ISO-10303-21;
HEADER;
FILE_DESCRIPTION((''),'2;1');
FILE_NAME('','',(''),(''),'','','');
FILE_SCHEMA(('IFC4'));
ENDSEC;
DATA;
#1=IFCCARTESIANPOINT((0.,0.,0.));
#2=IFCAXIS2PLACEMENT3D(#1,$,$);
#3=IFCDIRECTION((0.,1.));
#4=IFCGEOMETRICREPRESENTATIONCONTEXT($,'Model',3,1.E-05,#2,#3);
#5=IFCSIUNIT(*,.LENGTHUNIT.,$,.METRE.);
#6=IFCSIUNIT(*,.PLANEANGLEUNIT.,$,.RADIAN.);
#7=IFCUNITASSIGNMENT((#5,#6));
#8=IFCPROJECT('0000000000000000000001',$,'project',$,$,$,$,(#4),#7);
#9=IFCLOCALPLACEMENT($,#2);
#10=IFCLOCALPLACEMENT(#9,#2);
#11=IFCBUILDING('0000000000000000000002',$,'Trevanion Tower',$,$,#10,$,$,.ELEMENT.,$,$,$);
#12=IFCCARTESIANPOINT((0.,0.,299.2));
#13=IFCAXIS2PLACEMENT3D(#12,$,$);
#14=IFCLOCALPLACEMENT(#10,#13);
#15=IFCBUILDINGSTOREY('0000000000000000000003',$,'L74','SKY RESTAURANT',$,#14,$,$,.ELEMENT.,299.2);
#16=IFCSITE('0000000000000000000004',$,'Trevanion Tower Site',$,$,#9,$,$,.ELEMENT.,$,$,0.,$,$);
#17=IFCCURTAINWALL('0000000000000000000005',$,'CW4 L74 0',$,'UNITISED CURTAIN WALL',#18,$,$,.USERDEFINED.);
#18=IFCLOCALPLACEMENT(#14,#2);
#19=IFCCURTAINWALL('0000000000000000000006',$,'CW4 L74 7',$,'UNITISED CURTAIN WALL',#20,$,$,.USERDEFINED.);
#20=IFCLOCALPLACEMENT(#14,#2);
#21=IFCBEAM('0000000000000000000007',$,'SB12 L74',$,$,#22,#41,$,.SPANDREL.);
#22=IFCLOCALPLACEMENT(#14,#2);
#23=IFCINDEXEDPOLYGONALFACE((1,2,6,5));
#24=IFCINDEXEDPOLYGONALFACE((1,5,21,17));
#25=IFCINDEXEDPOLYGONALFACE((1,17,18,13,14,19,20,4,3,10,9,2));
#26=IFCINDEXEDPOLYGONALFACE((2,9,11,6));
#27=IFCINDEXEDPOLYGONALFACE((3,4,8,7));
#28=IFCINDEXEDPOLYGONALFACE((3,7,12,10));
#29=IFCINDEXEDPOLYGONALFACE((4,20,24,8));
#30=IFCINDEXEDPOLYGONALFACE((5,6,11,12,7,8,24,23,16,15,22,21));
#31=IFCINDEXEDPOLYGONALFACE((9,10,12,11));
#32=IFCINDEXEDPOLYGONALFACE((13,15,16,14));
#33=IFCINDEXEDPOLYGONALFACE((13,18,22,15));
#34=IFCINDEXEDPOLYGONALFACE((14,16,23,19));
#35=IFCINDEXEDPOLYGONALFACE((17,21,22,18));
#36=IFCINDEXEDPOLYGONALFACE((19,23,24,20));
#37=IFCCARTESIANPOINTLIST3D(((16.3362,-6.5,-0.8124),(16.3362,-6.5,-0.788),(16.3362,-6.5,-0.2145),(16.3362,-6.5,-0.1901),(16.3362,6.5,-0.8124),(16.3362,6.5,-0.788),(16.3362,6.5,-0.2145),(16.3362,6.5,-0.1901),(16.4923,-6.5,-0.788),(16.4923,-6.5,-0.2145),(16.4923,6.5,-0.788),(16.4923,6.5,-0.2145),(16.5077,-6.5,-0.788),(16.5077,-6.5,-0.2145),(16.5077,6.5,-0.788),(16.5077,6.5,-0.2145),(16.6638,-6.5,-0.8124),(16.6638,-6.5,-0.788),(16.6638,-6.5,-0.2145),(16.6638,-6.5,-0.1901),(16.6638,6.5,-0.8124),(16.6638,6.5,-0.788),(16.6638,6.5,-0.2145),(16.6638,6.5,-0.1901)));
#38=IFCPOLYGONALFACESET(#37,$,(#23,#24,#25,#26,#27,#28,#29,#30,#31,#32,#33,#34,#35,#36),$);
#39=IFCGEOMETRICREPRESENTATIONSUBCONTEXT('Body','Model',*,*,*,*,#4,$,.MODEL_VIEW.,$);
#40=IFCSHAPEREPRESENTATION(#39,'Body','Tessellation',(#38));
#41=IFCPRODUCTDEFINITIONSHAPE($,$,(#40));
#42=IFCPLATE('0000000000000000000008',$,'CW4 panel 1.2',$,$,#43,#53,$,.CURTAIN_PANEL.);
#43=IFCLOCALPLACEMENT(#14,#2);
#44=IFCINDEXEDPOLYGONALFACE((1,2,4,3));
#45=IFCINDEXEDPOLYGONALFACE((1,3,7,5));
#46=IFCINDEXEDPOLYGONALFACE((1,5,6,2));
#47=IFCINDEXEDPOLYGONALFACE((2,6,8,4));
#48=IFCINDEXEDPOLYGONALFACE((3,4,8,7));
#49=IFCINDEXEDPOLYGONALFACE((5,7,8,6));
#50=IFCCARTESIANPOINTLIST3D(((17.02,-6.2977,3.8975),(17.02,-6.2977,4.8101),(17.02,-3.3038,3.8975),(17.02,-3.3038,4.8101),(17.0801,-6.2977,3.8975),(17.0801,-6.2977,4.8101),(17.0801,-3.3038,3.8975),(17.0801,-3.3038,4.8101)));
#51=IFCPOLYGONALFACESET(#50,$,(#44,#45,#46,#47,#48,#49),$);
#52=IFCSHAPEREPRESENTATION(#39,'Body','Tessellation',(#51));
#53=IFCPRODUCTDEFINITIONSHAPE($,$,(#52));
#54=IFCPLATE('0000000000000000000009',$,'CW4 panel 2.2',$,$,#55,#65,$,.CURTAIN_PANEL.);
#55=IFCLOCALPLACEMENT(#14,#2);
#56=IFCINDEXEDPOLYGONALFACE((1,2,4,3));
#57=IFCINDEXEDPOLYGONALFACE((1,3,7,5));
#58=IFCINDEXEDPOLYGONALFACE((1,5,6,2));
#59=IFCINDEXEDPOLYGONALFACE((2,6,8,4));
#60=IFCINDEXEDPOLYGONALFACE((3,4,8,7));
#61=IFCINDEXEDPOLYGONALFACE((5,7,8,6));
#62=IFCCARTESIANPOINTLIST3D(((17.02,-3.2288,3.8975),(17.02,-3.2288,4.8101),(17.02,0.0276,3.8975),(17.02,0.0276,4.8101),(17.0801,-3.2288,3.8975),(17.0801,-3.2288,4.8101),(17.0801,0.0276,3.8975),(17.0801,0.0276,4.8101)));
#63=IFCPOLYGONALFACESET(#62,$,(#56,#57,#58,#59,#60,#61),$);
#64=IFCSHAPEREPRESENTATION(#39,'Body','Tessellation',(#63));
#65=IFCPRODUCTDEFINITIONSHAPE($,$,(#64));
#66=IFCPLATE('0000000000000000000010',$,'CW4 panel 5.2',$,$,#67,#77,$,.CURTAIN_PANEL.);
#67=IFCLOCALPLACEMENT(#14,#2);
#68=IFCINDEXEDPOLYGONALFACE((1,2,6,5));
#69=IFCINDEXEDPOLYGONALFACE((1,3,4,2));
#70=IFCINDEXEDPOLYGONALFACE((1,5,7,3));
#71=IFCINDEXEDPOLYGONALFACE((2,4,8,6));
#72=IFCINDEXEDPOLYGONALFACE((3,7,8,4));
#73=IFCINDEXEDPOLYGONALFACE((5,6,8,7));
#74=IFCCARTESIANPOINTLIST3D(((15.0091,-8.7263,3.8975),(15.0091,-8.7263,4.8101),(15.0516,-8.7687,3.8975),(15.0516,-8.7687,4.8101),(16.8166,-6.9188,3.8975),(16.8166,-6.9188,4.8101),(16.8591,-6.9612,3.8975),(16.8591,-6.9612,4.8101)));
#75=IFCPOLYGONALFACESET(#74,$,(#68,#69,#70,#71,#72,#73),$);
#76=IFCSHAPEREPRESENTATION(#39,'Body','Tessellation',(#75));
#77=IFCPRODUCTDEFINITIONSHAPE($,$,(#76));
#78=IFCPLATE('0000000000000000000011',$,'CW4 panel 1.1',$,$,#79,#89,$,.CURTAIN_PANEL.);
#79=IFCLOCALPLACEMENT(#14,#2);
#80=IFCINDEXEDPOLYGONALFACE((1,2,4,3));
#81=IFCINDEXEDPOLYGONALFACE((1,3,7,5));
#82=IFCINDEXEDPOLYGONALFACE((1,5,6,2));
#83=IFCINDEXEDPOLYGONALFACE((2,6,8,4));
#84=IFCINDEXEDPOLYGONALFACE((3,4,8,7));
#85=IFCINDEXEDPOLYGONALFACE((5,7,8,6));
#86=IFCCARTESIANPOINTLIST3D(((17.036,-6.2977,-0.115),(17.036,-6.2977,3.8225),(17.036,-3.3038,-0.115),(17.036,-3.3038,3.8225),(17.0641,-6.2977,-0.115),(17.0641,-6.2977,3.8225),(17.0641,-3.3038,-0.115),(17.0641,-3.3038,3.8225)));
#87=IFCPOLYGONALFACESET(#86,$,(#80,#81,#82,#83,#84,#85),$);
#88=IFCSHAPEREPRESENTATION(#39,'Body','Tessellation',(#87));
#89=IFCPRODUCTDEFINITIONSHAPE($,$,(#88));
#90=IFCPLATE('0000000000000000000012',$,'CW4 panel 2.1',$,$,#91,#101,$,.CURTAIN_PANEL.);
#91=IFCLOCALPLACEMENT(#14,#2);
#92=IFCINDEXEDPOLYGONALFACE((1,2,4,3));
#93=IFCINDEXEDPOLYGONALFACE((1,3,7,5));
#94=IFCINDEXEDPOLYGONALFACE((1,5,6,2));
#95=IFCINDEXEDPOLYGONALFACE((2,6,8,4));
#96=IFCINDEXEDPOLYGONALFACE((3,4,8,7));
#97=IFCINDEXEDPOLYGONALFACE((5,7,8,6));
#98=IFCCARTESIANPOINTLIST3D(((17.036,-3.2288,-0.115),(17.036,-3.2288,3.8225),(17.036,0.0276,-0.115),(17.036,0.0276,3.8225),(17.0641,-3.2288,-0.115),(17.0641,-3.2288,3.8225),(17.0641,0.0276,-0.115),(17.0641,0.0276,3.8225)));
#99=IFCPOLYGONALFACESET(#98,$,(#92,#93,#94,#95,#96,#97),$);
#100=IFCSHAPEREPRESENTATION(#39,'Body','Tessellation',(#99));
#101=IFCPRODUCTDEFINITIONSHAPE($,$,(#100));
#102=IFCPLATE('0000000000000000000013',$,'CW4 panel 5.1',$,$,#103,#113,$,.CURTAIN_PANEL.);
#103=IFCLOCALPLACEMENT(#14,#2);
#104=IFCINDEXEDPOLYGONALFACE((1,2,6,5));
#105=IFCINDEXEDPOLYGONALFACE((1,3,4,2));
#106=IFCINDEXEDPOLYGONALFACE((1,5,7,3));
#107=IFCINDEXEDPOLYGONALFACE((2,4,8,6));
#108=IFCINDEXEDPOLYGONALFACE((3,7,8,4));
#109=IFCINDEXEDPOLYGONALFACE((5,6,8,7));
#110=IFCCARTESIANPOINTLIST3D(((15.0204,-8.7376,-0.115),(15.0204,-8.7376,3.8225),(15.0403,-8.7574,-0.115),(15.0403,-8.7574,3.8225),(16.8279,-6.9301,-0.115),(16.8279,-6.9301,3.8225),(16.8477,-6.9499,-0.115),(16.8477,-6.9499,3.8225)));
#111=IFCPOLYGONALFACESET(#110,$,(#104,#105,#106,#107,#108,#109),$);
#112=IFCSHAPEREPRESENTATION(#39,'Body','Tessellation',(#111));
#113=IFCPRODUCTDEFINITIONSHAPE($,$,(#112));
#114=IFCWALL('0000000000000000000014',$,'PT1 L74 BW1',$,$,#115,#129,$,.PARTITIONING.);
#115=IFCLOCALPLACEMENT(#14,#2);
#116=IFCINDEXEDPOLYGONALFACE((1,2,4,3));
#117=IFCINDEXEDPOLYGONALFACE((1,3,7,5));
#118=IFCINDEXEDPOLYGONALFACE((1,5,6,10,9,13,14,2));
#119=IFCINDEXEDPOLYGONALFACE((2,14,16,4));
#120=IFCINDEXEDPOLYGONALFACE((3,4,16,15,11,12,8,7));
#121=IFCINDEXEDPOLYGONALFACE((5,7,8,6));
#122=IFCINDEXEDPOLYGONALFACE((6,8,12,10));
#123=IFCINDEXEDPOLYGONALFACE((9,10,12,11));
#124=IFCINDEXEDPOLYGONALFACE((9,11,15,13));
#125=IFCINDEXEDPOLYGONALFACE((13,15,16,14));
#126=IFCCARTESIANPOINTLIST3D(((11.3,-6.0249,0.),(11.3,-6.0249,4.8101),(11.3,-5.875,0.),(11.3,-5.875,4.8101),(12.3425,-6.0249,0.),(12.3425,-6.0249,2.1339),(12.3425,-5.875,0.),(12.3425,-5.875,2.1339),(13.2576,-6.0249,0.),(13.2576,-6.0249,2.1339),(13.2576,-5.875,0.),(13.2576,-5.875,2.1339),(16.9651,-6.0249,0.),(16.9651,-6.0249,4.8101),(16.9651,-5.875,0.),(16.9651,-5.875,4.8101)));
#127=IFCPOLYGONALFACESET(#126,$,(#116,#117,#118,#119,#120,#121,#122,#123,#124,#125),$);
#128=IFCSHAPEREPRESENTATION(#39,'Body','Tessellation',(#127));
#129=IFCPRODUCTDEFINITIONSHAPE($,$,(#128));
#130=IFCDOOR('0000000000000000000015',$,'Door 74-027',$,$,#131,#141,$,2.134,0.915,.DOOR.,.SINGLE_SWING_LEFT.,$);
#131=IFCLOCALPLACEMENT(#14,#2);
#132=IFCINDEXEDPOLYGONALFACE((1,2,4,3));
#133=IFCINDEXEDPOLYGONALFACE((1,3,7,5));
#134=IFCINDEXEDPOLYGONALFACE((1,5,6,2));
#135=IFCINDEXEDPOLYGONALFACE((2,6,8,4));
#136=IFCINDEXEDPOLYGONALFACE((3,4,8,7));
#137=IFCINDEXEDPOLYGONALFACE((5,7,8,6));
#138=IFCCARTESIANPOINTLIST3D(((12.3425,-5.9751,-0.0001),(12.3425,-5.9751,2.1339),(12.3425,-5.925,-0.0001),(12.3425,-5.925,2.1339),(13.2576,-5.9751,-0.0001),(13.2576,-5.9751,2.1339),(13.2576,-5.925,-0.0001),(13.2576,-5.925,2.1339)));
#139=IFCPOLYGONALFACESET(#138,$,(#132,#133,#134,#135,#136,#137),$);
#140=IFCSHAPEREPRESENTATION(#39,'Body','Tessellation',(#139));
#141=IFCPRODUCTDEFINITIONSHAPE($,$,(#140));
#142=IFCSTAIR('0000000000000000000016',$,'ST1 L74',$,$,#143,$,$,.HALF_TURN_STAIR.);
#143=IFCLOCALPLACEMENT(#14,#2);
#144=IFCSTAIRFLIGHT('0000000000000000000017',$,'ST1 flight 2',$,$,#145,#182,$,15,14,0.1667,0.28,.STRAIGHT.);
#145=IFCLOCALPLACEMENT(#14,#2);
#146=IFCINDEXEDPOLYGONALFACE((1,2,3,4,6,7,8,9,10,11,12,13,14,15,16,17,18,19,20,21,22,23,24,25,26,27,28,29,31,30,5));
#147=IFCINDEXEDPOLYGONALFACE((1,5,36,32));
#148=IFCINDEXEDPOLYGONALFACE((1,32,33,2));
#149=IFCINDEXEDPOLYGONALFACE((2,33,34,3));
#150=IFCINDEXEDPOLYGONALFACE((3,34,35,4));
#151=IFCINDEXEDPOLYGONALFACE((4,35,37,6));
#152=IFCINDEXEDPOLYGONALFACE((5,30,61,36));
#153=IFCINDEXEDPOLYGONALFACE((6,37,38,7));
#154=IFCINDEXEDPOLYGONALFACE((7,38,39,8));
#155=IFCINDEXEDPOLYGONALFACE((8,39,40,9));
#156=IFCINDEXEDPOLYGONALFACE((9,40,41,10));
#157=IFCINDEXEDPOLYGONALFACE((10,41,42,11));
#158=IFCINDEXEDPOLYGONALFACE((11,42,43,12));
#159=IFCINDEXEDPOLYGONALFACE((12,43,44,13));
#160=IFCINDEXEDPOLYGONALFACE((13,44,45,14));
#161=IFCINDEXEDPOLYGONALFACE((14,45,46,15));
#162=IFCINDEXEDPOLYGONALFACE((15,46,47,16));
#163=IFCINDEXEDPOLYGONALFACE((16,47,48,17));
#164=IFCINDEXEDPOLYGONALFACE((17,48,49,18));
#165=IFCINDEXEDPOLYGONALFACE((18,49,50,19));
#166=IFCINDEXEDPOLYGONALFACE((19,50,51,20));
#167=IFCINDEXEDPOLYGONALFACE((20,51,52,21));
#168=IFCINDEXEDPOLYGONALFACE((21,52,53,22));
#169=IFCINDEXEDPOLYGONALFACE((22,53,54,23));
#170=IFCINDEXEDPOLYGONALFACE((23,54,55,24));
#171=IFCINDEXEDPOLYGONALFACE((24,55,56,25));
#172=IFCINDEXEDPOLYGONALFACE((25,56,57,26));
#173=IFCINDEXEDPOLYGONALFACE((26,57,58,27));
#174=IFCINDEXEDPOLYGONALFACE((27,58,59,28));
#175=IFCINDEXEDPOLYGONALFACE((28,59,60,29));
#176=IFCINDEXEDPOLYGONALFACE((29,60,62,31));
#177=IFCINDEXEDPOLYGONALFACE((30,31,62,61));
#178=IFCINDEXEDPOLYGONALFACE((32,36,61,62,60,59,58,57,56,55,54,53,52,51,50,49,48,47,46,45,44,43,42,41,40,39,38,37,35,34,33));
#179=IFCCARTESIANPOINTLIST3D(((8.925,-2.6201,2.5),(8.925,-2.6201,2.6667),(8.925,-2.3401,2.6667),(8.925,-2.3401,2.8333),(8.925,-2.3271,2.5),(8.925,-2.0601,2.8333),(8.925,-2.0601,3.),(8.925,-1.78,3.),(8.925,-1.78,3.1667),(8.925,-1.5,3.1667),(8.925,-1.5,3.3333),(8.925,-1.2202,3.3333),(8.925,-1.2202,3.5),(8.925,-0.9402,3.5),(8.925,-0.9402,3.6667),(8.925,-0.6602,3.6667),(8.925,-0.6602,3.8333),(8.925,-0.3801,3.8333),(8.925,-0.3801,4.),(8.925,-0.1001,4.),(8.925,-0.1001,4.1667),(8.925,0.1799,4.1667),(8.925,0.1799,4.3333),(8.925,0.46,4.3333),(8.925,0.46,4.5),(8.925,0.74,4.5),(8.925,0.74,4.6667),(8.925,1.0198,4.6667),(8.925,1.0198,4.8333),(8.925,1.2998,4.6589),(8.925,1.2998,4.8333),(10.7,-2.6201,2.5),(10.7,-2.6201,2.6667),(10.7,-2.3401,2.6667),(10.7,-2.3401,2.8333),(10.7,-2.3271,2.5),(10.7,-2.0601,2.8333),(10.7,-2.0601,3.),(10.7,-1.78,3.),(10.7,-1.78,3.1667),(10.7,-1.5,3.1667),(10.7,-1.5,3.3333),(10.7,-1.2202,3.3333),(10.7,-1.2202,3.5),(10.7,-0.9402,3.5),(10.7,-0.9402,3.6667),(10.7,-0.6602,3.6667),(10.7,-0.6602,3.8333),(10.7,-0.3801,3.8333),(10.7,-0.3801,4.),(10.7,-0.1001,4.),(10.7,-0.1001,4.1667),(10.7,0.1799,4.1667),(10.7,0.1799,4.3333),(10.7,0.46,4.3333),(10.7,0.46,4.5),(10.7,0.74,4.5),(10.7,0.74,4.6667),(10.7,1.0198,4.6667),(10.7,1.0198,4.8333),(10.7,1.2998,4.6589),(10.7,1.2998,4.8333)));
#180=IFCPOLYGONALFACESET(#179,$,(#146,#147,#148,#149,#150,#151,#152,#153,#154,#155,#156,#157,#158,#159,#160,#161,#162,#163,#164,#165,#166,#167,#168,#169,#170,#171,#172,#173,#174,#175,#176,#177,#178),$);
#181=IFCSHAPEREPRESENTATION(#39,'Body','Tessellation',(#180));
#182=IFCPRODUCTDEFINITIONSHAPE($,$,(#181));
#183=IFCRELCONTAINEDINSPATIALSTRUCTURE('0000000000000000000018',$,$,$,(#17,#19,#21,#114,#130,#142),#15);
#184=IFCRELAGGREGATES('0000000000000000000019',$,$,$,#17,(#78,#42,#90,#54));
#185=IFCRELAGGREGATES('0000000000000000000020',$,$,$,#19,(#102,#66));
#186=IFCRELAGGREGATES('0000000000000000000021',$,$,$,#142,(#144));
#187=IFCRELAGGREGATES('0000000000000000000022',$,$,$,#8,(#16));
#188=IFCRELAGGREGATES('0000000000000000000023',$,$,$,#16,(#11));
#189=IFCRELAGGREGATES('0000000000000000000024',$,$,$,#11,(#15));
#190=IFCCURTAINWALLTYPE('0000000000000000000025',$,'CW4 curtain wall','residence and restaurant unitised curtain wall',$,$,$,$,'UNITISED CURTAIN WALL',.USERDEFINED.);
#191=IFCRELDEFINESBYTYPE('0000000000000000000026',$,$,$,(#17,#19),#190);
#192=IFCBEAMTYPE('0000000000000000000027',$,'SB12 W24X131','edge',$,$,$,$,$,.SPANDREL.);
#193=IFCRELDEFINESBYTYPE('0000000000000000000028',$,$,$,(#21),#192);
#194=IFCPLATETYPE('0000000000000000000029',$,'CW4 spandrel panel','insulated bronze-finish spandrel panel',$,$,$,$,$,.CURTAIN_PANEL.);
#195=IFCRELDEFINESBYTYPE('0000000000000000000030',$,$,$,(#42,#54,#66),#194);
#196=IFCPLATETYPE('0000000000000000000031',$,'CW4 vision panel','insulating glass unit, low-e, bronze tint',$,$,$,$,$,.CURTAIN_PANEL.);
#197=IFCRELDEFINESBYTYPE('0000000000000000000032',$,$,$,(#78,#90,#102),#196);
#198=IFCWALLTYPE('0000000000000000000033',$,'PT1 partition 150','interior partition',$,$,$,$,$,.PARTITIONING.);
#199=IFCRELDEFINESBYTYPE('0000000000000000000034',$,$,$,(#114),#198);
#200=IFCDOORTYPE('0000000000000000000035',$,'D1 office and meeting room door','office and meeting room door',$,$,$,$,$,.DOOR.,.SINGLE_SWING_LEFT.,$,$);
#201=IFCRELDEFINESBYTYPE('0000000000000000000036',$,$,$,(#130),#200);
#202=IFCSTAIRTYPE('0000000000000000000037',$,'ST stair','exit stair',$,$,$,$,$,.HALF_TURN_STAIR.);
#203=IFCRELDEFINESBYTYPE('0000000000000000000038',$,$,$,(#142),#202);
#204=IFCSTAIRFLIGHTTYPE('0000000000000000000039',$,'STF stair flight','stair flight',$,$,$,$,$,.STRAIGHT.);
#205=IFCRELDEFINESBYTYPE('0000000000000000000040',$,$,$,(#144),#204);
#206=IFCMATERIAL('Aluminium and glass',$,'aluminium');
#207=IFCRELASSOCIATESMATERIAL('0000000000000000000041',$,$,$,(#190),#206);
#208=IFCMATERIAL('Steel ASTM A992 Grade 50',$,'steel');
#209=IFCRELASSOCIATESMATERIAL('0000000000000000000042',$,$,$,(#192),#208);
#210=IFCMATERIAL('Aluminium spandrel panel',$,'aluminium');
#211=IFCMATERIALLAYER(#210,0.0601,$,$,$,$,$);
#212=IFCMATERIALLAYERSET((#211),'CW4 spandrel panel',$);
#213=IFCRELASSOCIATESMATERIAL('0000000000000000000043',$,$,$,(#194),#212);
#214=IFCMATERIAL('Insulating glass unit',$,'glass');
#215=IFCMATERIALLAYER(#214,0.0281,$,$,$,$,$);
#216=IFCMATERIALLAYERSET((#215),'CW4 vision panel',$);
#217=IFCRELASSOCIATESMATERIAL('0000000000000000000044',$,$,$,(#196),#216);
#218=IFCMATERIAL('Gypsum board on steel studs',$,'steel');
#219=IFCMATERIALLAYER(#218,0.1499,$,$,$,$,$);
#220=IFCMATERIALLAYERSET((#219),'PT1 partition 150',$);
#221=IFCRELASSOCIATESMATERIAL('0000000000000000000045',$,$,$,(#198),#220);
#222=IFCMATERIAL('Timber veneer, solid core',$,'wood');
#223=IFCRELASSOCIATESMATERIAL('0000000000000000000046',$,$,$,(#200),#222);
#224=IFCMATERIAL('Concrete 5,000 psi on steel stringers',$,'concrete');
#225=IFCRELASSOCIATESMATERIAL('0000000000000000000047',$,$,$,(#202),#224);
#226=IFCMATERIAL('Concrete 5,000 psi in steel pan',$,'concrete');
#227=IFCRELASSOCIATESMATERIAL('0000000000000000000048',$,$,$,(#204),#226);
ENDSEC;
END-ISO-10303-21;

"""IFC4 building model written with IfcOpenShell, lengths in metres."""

from ifc_helpers import new_model, si_unit, direction, frame, frame_2d, origin, origin_2d, place, context, subcontext, project, spatial, polyline, rectangle, i_section, outline, extrude, material, layer, layer_set, material_profile, profile_set, type_object, element, fill, aggregate, save


model = new_model("IFC4")

# Units and contexts
model_context = context("Model", 3, precision=1e-05, world=origin(), true_north=direction((0.0, 1.0)))
body_context = subcontext(model_context, "Body", "Model", "MODEL_VIEW")
ifc_project = project(units=[si_unit("LENGTHUNIT", "METRE"), si_unit("PLANEANGLEUNIT", "RADIAN")], contexts=[model_context])

# Site, building, storey
site_placement = place(None, origin())
site = spatial("IfcSite", under=ifc_project, at=site_placement, Name="Trevanion Tower Site", CompositionType="ELEMENT", RefElevation=0.0)
building_placement = place(site_placement, origin())
building = spatial("IfcBuilding", under=site, at=building_placement, Name="Trevanion Tower", CompositionType="ELEMENT")
storey_placement = place(building_placement, frame((0.0, 0.0, 299.2)))
storey = spatial("IfcBuildingStorey", under=building, at=storey_placement, Name="L74", Description="SKY RESTAURANT", CompositionType="ELEMENT", Elevation=299.2)

# Curtain wall
ifc_material_1 = material(Name="Aluminium and glass", Category="aluminium")
curtain_wall_type = type_object("IfcCurtainWallType", Name="CW4 curtain wall", Description="residence and restaurant unitised curtain wall", ElementType="UNITISED CURTAIN WALL", PredefinedType="USERDEFINED", material=ifc_material_1)
curtain_wall_1_placement = place(storey_placement, origin())
curtain_wall_1 = element("IfcCurtainWall", 1, at=curtain_wall_1_placement, inside=storey, type_object=curtain_wall_type, Name="CW4 L74 0", ObjectType="UNITISED CURTAIN WALL", PredefinedType="USERDEFINED")

# Curtain wall
curtain_wall_2_placement = place(storey_placement, origin())
curtain_wall_2 = element("IfcCurtainWall", 2, at=curtain_wall_2_placement, inside=storey, type_object=curtain_wall_type, Name="CW4 L74 7", ObjectType="UNITISED CURTAIN WALL", PredefinedType="USERDEFINED")

# Beam
ifc_material_2 = material(Name="Steel ASTM A992 Grade 50", Category="steel")
ifc_material_profile_1 = material_profile(ifc_material_2, i_section(OverallWidth=0.3276, OverallDepth=0.6223, WebThickness=0.0154, FlangeThickness=0.0244, at=origin_2d()), Name="W24X131")
ifc_profile_set_1 = profile_set([ifc_material_profile_1], Name="Steel ASTM A992 Grade 50")
beam_type_1 = type_object("IfcBeamType", Name="SB12 W24X131", Description="edge", PredefinedType="SPANDREL", material=ifc_profile_set_1)
beam_1_placement = place(storey_placement, frame((16.5, -6.5, -0.5012), z_axis=(0.0, 1.0, 0.0), x_axis=(-1.0, 0.0, 0.0)))
element("IfcBeam", 3, at=beam_1_placement, inside=storey, type_object=beam_type_1, Name="SB12 L74", PredefinedType="SPANDREL", context=body_context, shape_type="SweptSolid", body=[
    extrude(i_section(OverallWidth=0.3276, OverallDepth=0.6223, WebThickness=0.0154, FlangeThickness=0.0244, at=origin_2d()), origin(), (0.0, 0.0, 1.0), 13.0),
])

# Plates
ifc_material_3 = material(Name="Aluminium spandrel panel", Category="aluminium")
ifc_layer_1 = layer(ifc_material_3, 0.0601)
ifc_layer_set_1 = layer_set([ifc_layer_1], Name="CW4 spandrel panel")
plate_type_1 = type_object("IfcPlateType", Name="CW4 spandrel panel", Description="insulated bronze-finish spandrel panel", PredefinedType="CURTAIN_PANEL", material=ifc_layer_set_1)
plate_1_placement = place(storey_placement, frame((17.05, -4.8008, 3.8975), z_axis=(0.0, 0.0, 1.0), x_axis=(0.0, 1.0, 0.0)))
plate_1 = element("IfcPlate", 4, at=plate_1_placement, type_object=plate_type_1, Name="CW4 panel 1.2", PredefinedType="CURTAIN_PANEL", context=body_context, shape_type="SweptSolid", body=[
    extrude(rectangle(XDim=2.9939, YDim=0.0601, at=origin_2d()), origin(), (0.0, 0.0, 1.0), 0.9126),
])
plate_2_placement = place(storey_placement, frame((17.05, -1.6006, 3.8975), z_axis=(0.0, 0.0, 1.0), x_axis=(0.0, 1.0, 0.0)))
plate_2 = element("IfcPlate", 5, at=plate_2_placement, type_object=plate_type_1, Name="CW4 panel 2.2", PredefinedType="CURTAIN_PANEL", context=body_context, shape_type="SweptSolid", body=[
    extrude(rectangle(XDim=3.2563, YDim=0.0601, at=origin_2d()), origin(), (0.0, 0.0, 1.0), 0.9126),
])
plate_3_placement = place(storey_placement, frame((15.9341, -7.8438, 3.8975), z_axis=(0.0, 0.0, 1.0), x_axis=(0.707107, 0.707107, 0.0)))
plate_3 = element("IfcPlate", 6, at=plate_3_placement, type_object=plate_type_1, Name="CW4 panel 5.2", PredefinedType="CURTAIN_PANEL", context=body_context, shape_type="SweptSolid", body=[
    extrude(rectangle(XDim=2.5562, YDim=0.0601, at=origin_2d()), origin(), (0.0, 0.0, 1.0), 0.9126),
])
ifc_material_4 = material(Name="Insulating glass unit", Category="glass")
ifc_layer_2 = layer(ifc_material_4, 0.0281)
ifc_layer_set_2 = layer_set([ifc_layer_2], Name="CW4 vision panel")
plate_type_2 = type_object("IfcPlateType", Name="CW4 vision panel", Description="insulating glass unit, low-e, bronze tint", PredefinedType="CURTAIN_PANEL", material=ifc_layer_set_2)
plate_4_placement = place(storey_placement, frame((17.05, -4.8008, -0.115), z_axis=(0.0, 0.0, 1.0), x_axis=(0.0, 1.0, 0.0)))
plate_4 = element("IfcPlate", 7, at=plate_4_placement, type_object=plate_type_2, Name="CW4 panel 1.1", PredefinedType="CURTAIN_PANEL", context=body_context, shape_type="SweptSolid", body=[
    extrude(rectangle(XDim=2.9939, YDim=0.0281, at=origin_2d()), origin(), (0.0, 0.0, 1.0), 3.9375),
])
plate_5_placement = place(storey_placement, frame((17.05, -1.6006, -0.115), z_axis=(0.0, 0.0, 1.0), x_axis=(0.0, 1.0, 0.0)))
plate_5 = element("IfcPlate", 8, at=plate_5_placement, type_object=plate_type_2, Name="CW4 panel 2.1", PredefinedType="CURTAIN_PANEL", context=body_context, shape_type="SweptSolid", body=[
    extrude(rectangle(XDim=3.2563, YDim=0.0281, at=origin_2d()), origin(), (0.0, 0.0, 1.0), 3.9375),
])
aggregate(curtain_wall_1, [plate_4, plate_1, plate_5, plate_2])
plate_6_placement = place(storey_placement, frame((15.9341, -7.8438, -0.115), z_axis=(0.0, 0.0, 1.0), x_axis=(0.707107, 0.707107, 0.0)))
plate_6 = element("IfcPlate", 9, at=plate_6_placement, type_object=plate_type_2, Name="CW4 panel 5.1", PredefinedType="CURTAIN_PANEL", context=body_context, shape_type="SweptSolid", body=[
    extrude(rectangle(XDim=2.5562, YDim=0.0281, at=origin_2d()), origin(), (0.0, 0.0, 1.0), 3.9375),
])
aggregate(curtain_wall_2, [plate_6, plate_3])

# Wall, opening, door
ifc_material_5 = material(Name="Gypsum board on steel studs", Category="steel")
ifc_layer_3 = layer(ifc_material_5, 0.1499)
ifc_layer_set_3 = layer_set([ifc_layer_3], Name="PT1 partition 150")
wall_type = type_object("IfcWallType", Name="PT1 partition 150", Description="interior partition", PredefinedType="PARTITIONING", material=ifc_layer_set_3)
wall_placement = place(storey_placement, frame((11.3, -5.95, 0.0), z_axis=(0.0, 0.0, 1.0), x_axis=(1.0, 0.0, 0.0)))
wall = element("IfcWall", 10, at=wall_placement, inside=storey, type_object=wall_type, Name="PT1 L74 BW1", PredefinedType="PARTITIONING", context=body_context, shape_type="SweptSolid", body=[
    extrude(rectangle(XDim=5.665, YDim=0.1499, at=frame_2d((2.8325, 0.0))), origin(), (0.0, 0.0, 1.0), 4.8101),
])
opening_placement = place(wall_placement, frame((1.0425, 0.0, 0.0)))
opening = element("IfcOpeningElement", 11, at=opening_placement, cuts=wall, PredefinedType="OPENING", context=body_context, shape_type="SweptSolid", body=[
    extrude(rectangle(XDim=0.915, YDim=2.134, at=frame_2d((0.4575, 1.0669))), frame((0.0, 0.085, 0.0), z_axis=(0.0, -1.0, 0.0), x_axis=(1.0, 0.0, 0.0)), (0.0, 0.0, 1.0), 0.1699),
])
ifc_material_6 = material(Name="Timber veneer, solid core", Category="wood")
door_type = type_object("IfcDoorType", Name="D1 office and meeting room door", Description="office and meeting room door", OperationType="SINGLE_SWING_LEFT", PredefinedType="DOOR", material=ifc_material_6)
door_placement = place(opening_placement, origin())
door = element("IfcDoor", 12, at=door_placement, inside=storey, type_object=door_type, Name="Door 74-027", OperationType="SINGLE_SWING_LEFT", OverallHeight=2.134, OverallWidth=0.915, PredefinedType="DOOR", context=body_context, shape_type="SweptSolid", body=[
    extrude(rectangle(XDim=0.915, YDim=2.134, at=frame_2d((0.4575, 1.0669))), frame((0.0, 0.0249, 0.0), z_axis=(0.0, -1.0, 0.0), x_axis=(1.0, 0.0, 0.0)), (0.0, 0.0, 1.0), 0.05),
])
fill(opening, door)

# Stair, stair flight
ifc_material_7 = material(Name="Concrete 5,000 psi on steel stringers", Category="concrete")
stair_type = type_object("IfcStairType", Name="ST stair", Description="exit stair", PredefinedType="HALF_TURN_STAIR", material=ifc_material_7)
stair_placement = place(storey_placement, origin())
stair = element("IfcStair", 13, at=stair_placement, inside=storey, type_object=stair_type, Name="ST1 L74", PredefinedType="HALF_TURN_STAIR")
ifc_material_8 = material(Name="Concrete 5,000 psi in steel pan", Category="concrete")
stair_flight_type = type_object("IfcStairFlightType", Name="STF stair flight", Description="stair flight", PredefinedType="STRAIGHT", material=ifc_material_8)
stair_flight_placement = place(storey_placement, frame((9.8125, -2.6201, 2.5), z_axis=(0.0, 0.0, 1.0), x_axis=(0.0, 1.0, 0.0)))
stair_flight = element("IfcStairFlight", 14, at=stair_flight_placement, type_object=stair_flight_type, Name="ST1 flight 2", NumberOfRisers=15, NumberOfTreads=14, PredefinedType="STRAIGHT", RiserHeight=0.1667, TreadLength=0.28, context=body_context, shape_type="SweptSolid", body=[
    extrude(outline(polyline([(0.0, 0.0), (0.0, 0.1667), (0.28, 0.1667), (0.28, 0.3333), (0.5601, 0.3333), (0.5601, 0.5), (0.8401, 0.5), (0.8401, 0.6667), (1.1201, 0.6667), (1.1201, 0.8333), (1.3999, 0.8333), (1.3999, 1.0), (1.6799, 1.0), (1.6799, 1.1667), (1.96, 1.1667), (1.96, 1.3333), (2.24, 1.3333), (2.24, 1.5), (2.52, 1.5), (2.52, 1.6667), (2.8, 1.6667), (2.8, 1.8333), (3.0801, 1.8333), (3.0801, 2.0), (3.3601, 2.0), (3.3601, 2.1667), (3.6399, 2.1667), (3.6399, 2.3333), (3.9199, 2.3333), (3.9199, 2.5), (3.9199, 2.1589), (0.293, 0.0), (0.0, 0.0)])), frame((0.0, 0.8875, 0.0), z_axis=(0.0, -1.0, 0.0), x_axis=(1.0, 0.0, 0.0)), (0.0, 0.0, 1.0), 1.7749),
])
aggregate(stair, [stair_flight])

save(model, "model.ifc")
